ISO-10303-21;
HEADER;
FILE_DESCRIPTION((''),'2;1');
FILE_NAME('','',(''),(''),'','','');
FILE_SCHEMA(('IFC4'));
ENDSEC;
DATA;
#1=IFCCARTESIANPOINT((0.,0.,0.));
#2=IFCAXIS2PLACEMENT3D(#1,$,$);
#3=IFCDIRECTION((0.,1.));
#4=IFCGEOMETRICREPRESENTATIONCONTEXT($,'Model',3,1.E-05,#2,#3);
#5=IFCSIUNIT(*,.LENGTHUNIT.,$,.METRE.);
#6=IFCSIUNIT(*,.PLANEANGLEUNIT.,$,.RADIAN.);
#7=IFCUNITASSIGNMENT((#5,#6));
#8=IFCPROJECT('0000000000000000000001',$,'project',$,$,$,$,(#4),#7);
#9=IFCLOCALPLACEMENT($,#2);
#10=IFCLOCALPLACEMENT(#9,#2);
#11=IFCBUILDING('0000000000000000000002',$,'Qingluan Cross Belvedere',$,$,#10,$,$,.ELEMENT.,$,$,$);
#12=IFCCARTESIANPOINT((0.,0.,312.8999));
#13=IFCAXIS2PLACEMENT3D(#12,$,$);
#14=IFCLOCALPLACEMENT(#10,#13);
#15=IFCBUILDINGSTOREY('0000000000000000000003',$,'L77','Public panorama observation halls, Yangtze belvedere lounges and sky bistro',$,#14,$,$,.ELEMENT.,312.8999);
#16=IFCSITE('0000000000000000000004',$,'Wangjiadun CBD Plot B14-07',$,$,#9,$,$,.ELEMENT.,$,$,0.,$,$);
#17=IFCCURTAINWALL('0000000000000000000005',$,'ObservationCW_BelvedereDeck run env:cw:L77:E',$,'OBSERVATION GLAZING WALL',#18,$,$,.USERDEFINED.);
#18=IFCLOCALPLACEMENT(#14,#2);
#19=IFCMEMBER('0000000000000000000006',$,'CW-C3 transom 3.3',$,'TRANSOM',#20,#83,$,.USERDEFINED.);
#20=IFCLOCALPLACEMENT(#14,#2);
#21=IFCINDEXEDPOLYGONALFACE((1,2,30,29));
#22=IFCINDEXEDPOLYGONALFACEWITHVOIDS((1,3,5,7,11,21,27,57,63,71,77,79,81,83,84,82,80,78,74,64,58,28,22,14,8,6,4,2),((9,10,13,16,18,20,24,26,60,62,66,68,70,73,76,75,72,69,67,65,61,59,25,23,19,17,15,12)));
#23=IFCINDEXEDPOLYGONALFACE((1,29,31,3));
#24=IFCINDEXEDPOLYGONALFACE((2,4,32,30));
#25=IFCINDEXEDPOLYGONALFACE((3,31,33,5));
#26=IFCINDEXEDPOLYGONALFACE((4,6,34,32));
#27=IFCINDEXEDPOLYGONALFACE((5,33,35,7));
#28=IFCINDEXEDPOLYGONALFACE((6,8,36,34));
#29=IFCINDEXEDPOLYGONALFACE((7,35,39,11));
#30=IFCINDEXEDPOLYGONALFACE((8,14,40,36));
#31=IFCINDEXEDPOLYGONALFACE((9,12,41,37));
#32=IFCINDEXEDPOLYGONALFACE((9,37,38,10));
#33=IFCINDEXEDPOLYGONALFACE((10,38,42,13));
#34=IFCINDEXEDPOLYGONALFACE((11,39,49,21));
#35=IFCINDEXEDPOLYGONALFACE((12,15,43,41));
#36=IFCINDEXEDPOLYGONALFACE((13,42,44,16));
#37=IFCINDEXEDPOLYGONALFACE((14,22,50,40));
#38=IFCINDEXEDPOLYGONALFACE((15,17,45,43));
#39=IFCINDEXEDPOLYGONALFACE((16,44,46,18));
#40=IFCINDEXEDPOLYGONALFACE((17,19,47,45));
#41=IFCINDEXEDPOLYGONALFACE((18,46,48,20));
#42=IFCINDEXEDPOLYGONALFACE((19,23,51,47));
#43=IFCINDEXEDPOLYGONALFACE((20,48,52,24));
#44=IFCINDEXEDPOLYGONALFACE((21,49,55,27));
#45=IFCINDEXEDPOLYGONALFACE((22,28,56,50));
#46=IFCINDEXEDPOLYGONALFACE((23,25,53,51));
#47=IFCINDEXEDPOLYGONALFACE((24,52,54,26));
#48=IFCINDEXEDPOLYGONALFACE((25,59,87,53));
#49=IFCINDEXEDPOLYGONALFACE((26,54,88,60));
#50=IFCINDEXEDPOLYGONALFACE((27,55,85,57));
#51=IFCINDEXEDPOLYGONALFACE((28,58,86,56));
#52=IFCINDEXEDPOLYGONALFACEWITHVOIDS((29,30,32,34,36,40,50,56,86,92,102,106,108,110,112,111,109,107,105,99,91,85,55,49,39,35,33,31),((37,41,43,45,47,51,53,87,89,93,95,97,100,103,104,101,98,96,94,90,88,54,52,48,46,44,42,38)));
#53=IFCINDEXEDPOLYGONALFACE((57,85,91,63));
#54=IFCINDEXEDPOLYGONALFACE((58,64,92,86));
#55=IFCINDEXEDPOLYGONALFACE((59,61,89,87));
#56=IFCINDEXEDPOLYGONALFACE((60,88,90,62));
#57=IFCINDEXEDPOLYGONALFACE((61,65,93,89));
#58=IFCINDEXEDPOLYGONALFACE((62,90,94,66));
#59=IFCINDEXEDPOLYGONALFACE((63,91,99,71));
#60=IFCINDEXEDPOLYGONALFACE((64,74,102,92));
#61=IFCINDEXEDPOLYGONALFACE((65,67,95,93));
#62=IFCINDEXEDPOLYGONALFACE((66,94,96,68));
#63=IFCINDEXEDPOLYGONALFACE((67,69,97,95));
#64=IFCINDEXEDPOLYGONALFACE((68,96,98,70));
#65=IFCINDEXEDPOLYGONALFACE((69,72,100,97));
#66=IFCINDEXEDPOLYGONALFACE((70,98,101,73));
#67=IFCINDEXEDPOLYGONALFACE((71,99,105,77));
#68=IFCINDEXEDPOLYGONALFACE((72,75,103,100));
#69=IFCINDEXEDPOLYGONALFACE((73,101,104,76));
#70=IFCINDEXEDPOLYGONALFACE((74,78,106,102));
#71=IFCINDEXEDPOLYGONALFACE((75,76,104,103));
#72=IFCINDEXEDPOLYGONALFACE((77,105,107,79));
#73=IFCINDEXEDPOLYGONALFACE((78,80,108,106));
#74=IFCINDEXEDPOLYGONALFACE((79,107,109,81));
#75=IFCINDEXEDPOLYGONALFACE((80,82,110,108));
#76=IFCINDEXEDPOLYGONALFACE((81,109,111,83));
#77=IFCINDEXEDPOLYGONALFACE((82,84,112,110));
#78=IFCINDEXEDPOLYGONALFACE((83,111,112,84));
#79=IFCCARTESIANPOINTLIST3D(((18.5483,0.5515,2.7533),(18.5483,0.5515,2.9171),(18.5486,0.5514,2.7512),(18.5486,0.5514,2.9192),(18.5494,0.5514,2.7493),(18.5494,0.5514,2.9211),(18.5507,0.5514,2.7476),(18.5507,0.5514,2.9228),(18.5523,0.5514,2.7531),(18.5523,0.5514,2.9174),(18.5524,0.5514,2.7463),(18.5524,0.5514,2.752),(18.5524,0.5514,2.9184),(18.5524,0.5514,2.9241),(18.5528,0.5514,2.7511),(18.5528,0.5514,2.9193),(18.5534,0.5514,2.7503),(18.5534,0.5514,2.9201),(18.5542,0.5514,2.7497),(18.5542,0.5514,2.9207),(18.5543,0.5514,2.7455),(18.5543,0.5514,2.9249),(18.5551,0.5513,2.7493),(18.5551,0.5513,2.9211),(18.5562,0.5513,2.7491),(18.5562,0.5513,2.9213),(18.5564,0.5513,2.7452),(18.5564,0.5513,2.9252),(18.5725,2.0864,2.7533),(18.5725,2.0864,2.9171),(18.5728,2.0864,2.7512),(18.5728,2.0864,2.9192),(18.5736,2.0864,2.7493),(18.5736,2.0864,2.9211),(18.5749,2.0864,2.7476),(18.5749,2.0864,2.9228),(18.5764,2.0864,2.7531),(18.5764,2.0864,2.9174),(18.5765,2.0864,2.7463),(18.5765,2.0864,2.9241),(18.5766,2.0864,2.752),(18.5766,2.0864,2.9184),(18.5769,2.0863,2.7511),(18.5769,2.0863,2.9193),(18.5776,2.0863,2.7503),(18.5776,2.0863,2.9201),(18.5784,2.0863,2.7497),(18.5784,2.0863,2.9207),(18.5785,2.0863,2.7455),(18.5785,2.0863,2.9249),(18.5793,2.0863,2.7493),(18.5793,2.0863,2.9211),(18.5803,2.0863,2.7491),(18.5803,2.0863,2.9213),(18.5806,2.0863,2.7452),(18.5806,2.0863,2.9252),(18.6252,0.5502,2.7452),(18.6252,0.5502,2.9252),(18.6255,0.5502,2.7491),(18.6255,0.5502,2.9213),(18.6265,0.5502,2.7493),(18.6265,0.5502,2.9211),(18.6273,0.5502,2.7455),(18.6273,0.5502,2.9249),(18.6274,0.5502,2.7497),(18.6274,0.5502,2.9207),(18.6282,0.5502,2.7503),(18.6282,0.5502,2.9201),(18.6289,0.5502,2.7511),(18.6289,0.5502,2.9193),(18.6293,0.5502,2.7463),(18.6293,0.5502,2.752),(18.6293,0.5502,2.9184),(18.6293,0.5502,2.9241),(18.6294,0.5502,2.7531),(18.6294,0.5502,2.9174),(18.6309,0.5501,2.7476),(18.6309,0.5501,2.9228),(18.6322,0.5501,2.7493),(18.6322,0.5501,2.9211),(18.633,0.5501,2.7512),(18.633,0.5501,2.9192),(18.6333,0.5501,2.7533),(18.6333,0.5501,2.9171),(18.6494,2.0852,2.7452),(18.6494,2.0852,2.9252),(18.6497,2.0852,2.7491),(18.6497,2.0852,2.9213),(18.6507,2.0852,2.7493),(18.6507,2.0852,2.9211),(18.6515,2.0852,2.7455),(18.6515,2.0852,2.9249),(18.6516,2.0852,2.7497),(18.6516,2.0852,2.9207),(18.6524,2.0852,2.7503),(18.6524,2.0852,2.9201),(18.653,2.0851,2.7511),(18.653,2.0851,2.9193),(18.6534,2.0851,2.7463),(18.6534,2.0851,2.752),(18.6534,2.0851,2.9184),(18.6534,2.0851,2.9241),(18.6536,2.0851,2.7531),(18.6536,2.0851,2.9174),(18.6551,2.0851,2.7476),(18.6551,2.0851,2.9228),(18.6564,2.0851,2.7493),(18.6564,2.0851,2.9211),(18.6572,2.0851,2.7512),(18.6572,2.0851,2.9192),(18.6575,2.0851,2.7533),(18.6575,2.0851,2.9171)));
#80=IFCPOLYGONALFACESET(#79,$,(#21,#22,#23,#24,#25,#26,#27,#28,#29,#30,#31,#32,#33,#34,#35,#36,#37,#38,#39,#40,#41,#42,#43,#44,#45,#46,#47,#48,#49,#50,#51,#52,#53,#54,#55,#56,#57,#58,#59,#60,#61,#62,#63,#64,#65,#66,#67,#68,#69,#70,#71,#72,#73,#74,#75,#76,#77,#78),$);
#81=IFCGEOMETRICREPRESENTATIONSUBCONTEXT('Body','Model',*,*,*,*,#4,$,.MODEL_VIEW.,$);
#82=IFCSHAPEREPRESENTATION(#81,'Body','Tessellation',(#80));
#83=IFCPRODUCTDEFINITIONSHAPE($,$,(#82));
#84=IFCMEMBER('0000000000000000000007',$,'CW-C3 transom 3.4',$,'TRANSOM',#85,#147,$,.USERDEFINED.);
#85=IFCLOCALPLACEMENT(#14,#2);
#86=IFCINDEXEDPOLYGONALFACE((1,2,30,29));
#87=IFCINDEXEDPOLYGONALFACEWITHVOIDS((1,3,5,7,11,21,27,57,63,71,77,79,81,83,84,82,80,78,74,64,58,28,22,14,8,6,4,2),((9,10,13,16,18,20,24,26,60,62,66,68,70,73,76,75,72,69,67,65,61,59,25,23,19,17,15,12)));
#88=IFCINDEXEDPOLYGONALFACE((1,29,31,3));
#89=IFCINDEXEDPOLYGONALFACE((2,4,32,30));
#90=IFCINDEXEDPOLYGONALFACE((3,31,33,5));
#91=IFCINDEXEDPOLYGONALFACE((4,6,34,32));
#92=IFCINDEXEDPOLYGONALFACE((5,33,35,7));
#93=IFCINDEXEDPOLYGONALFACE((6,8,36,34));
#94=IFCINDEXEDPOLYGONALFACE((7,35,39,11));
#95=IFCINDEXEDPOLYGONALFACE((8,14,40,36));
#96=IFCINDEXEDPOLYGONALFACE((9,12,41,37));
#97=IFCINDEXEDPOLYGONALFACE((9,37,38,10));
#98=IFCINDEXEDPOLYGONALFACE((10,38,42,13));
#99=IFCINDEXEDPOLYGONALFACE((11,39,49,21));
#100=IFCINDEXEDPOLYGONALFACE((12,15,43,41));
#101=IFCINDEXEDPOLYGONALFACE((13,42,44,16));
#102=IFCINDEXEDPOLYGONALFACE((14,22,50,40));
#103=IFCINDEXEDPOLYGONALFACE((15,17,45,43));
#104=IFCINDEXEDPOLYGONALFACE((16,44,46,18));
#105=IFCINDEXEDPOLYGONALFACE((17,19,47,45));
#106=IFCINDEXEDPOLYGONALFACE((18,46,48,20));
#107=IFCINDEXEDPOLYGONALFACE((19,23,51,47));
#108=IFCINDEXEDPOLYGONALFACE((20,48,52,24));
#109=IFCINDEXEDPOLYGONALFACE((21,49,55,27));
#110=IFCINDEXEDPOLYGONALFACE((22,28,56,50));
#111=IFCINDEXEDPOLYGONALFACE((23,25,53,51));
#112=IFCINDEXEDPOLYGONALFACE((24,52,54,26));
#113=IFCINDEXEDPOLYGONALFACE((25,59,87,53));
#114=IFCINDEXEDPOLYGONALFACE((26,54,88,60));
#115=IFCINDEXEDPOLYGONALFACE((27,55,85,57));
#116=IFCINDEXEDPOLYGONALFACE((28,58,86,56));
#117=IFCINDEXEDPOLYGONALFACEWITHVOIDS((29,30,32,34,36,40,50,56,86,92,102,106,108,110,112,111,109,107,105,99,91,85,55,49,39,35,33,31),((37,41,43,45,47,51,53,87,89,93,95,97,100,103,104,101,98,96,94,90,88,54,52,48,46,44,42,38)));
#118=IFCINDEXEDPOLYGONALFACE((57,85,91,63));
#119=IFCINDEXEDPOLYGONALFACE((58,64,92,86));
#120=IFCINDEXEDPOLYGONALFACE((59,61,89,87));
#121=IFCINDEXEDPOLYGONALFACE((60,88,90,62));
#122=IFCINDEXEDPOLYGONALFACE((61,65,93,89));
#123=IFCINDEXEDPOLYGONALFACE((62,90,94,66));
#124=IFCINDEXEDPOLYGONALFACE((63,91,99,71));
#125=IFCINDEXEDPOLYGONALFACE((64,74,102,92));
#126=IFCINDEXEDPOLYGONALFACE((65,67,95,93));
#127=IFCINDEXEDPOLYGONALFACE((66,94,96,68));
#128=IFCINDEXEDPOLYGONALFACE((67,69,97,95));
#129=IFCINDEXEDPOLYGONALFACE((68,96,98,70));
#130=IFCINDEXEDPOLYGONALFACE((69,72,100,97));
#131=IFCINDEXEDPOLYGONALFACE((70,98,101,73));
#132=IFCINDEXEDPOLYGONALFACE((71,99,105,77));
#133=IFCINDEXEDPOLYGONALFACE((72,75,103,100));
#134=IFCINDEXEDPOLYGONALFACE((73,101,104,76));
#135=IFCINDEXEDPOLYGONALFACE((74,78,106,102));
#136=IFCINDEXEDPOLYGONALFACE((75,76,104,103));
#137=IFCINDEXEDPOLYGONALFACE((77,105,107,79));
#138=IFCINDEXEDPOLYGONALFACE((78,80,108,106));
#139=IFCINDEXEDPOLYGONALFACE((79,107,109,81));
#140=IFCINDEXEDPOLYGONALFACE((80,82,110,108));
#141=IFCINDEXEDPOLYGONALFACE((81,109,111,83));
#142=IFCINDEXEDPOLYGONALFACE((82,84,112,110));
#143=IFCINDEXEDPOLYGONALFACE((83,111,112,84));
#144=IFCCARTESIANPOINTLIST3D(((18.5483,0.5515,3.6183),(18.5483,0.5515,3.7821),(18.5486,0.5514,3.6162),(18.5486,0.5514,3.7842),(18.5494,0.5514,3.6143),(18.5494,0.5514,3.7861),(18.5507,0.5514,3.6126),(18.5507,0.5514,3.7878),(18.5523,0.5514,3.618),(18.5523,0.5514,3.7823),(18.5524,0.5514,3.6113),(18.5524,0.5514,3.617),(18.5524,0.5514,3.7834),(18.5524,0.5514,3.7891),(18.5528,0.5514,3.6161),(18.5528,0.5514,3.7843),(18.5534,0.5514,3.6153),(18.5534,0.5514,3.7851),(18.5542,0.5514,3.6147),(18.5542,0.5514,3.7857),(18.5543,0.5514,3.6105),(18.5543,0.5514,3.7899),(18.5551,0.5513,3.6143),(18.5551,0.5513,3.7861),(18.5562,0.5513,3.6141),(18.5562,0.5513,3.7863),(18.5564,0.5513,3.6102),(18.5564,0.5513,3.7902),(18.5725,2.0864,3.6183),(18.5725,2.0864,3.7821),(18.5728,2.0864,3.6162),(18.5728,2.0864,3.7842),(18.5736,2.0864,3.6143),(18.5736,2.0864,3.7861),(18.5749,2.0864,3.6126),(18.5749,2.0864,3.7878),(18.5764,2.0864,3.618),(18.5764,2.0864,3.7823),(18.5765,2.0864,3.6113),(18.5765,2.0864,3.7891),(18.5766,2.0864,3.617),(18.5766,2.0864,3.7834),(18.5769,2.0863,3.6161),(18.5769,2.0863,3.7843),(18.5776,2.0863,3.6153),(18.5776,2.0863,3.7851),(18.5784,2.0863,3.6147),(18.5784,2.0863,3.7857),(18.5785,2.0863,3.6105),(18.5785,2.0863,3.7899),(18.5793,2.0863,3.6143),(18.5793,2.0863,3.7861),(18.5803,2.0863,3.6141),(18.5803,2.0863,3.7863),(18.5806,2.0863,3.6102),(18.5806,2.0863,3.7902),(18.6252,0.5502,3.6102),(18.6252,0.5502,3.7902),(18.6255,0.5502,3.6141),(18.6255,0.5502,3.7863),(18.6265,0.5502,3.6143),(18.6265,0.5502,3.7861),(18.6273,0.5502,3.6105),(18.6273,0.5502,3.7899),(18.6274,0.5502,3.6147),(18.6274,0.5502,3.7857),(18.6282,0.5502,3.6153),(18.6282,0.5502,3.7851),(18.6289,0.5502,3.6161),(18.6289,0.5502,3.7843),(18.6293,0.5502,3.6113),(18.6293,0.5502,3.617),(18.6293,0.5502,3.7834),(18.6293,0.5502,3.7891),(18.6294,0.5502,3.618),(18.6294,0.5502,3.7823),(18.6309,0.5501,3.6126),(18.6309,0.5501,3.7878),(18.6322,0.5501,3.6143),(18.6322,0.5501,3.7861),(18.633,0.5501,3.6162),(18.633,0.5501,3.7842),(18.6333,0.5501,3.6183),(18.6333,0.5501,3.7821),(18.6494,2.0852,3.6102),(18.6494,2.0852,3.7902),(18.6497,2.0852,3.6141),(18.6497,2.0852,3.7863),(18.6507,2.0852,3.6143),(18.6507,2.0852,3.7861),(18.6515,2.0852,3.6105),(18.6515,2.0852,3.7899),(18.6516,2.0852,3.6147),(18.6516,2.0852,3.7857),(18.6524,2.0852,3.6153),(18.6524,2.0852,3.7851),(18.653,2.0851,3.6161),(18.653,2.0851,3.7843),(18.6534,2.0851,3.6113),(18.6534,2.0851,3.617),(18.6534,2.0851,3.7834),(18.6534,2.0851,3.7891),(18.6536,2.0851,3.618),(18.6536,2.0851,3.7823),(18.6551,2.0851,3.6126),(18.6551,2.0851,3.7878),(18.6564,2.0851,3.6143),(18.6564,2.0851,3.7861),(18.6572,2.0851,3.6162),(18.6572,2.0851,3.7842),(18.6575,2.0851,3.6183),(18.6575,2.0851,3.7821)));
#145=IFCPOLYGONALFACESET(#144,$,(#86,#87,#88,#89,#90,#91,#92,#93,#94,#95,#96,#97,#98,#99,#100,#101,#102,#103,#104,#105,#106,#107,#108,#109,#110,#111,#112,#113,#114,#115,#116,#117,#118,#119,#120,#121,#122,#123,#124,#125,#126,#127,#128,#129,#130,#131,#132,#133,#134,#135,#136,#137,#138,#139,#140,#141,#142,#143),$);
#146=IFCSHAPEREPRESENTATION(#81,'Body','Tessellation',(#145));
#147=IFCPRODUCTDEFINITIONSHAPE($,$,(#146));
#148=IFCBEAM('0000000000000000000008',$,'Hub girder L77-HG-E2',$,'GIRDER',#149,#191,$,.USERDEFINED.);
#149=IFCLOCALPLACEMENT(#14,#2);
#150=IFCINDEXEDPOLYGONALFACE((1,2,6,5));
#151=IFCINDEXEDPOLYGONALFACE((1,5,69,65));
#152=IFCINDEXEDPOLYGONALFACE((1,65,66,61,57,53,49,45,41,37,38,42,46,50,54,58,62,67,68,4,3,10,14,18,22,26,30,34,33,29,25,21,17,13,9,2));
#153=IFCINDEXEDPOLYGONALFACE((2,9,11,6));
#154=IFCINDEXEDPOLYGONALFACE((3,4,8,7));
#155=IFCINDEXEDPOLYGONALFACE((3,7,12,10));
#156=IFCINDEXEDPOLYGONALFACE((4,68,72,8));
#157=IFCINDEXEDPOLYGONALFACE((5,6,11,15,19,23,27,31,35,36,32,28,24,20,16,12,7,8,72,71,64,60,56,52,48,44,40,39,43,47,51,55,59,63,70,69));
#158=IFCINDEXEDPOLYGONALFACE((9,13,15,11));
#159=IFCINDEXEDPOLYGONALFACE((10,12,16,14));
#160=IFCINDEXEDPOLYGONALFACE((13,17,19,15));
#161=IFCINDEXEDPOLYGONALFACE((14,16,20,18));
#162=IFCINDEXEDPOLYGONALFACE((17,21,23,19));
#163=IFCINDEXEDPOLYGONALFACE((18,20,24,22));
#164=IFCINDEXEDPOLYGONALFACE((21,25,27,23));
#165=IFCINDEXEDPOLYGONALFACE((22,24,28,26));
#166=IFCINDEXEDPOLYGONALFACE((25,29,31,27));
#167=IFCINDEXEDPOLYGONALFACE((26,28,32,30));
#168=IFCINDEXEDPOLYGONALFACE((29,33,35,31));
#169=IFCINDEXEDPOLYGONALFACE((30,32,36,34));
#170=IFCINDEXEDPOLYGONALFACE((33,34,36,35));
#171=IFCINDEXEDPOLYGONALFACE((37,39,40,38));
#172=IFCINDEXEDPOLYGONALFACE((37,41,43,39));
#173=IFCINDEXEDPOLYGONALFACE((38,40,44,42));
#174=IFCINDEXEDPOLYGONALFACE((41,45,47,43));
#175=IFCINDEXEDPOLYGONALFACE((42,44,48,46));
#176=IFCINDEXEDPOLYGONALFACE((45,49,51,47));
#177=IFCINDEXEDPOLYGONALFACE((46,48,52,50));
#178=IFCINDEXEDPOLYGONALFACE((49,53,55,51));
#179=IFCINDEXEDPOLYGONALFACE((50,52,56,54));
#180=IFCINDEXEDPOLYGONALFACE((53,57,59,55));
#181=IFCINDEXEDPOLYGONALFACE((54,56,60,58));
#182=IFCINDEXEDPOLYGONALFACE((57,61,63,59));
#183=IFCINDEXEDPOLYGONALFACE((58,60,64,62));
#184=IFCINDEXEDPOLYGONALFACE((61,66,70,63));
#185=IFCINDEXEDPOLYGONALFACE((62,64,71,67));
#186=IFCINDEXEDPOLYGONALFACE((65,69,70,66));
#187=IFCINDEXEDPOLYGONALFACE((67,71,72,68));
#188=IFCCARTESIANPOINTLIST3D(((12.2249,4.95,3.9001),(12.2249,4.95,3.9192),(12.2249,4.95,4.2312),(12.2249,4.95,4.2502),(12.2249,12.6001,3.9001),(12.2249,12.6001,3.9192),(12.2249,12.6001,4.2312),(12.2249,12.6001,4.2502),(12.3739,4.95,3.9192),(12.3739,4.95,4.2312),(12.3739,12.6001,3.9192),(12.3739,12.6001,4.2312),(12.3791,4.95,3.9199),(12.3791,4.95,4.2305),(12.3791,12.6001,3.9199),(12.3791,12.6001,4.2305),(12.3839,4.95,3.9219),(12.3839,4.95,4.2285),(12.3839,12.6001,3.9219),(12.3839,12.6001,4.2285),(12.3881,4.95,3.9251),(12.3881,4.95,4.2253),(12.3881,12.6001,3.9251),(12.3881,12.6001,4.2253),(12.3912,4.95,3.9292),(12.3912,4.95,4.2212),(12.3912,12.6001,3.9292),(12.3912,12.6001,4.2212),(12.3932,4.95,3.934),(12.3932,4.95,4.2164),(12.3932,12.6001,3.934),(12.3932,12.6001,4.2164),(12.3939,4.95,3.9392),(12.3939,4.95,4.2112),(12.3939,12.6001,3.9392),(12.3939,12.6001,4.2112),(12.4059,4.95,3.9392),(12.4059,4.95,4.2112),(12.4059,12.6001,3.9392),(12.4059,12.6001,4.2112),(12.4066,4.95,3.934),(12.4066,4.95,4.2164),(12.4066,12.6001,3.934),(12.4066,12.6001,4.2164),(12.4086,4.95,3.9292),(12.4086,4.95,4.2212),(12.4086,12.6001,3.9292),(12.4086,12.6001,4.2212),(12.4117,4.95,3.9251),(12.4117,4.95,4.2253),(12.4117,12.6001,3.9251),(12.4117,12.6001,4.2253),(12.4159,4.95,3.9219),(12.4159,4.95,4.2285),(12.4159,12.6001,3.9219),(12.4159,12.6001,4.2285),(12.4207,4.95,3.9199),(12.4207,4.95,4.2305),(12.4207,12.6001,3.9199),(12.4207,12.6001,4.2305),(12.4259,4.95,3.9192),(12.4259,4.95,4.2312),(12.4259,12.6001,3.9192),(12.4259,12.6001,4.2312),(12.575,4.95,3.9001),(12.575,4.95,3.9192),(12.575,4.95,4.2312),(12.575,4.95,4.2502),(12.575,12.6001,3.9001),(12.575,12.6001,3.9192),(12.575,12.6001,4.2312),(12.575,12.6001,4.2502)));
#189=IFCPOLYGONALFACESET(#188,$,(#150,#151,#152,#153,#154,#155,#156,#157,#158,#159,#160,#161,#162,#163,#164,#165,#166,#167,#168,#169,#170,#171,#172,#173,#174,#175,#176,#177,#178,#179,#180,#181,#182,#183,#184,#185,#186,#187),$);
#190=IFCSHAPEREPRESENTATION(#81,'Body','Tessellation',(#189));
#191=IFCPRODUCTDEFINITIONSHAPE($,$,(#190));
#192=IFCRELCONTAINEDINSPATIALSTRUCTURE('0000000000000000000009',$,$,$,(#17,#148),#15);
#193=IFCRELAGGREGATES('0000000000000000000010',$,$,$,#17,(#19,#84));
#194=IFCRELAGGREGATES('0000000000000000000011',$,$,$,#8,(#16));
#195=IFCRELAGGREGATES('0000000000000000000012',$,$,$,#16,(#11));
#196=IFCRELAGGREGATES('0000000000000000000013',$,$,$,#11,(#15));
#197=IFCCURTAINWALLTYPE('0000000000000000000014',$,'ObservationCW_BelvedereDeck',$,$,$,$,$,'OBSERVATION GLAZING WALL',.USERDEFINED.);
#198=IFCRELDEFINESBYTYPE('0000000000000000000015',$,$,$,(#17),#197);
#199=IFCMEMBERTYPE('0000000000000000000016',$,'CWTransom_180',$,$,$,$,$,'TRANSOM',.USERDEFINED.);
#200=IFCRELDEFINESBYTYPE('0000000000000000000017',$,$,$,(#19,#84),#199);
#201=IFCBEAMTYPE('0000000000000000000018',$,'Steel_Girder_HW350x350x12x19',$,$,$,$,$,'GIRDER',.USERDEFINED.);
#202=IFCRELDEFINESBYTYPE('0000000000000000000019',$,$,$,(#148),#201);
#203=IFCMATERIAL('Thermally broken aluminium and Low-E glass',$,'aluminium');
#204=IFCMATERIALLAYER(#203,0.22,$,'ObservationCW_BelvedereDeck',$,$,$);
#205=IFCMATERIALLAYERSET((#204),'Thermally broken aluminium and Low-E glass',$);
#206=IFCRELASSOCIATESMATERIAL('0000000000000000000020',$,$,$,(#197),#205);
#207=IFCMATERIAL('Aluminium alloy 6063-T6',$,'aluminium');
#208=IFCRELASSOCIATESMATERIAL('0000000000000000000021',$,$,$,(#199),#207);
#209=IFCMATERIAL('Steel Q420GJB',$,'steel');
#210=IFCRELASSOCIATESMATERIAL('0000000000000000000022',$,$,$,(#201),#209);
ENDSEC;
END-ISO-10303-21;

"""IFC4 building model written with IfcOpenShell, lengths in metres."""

from ifc_helpers import new_model, si_unit, direction, frame, origin, origin_2d, place, context, subcontext, project, spatial, hollow_rectangle, i_section, extrude, material, layer, layer_set, material_profile, profile_set, type_object, element, aggregate, save


model = new_model("IFC4")

# Units and contexts
model_context = context("Model", 3, precision=1e-05, world=origin(), true_north=direction((0.0, 1.0)))
body_context = subcontext(model_context, "Body", "Model", "MODEL_VIEW")
ifc_project = project(units=[si_unit("LENGTHUNIT", "METRE"), si_unit("PLANEANGLEUNIT", "RADIAN")], contexts=[model_context])

# Site, building, storey
site_placement = place(None, origin())
site = spatial("IfcSite", under=ifc_project, at=site_placement, Name="Wangjiadun CBD Plot B14-07", CompositionType="ELEMENT", RefElevation=0.0)
building_placement = place(site_placement, origin())
building = spatial("IfcBuilding", under=site, at=building_placement, Name="Qingluan Cross Belvedere", CompositionType="ELEMENT")
storey_placement = place(building_placement, frame((0.0, 0.0, 312.8999)))
storey = spatial("IfcBuildingStorey", under=building, at=storey_placement, Name="L77", Description="Public panorama observation halls, Yangtze belvedere lounges and sky bistro", CompositionType="ELEMENT", Elevation=312.8999)

# Curtain wall, members
ifc_material_1 = material(Name="Thermally broken aluminium and Low-E glass", Category="aluminium")
ifc_layer_1 = layer(ifc_material_1, 0.22, Name="ObservationCW_BelvedereDeck")
ifc_layer_set_1 = layer_set([ifc_layer_1], Name="Thermally broken aluminium and Low-E glass")
curtain_wall_type = type_object("IfcCurtainWallType", Name="ObservationCW_BelvedereDeck", ElementType="OBSERVATION GLAZING WALL", PredefinedType="USERDEFINED", material=ifc_layer_set_1)
curtain_wall_placement = place(storey_placement, origin())
curtain_wall = element("IfcCurtainWall", 1, at=curtain_wall_placement, inside=storey, type_object=curtain_wall_type, Name="ObservationCW_BelvedereDeck run env:cw:L77:E", ObjectType="OBSERVATION GLAZING WALL", PredefinedType="USERDEFINED")
ifc_material_2 = material(Name="Aluminium alloy 6063-T6", Category="aluminium")
ifc_material_profile_1 = material_profile(ifc_material_2, hollow_rectangle(XDim=0.085, YDim=0.1799, WallThickness=0.0039, InnerFilletRadius=0.0039, OuterFilletRadius=0.0081, at=origin_2d()), Name="CWT180x85x4")
ifc_profile_set_1 = profile_set([ifc_material_profile_1], Name="Aluminium alloy 6063-T6")
member_type_1 = type_object("IfcMemberType", Name="CWTransom_180", ElementType="TRANSOM", PredefinedType="USERDEFINED", material=ifc_profile_set_1)
member_1_placement = place(storey_placement, frame((18.5908, 0.5508, 2.8352), z_axis=(0.015745, 0.999876, 0.0), x_axis=(-0.999876, 0.015745, 0.0)))
member_1 = element("IfcMember", 2, at=member_1_placement, type_object=member_type_1, Name="CW-C3 transom 3.3", ObjectType="TRANSOM", PredefinedType="USERDEFINED", context=body_context, shape_type="SweptSolid", body=[
    extrude(hollow_rectangle(XDim=0.085, YDim=0.1799, WallThickness=0.0039, InnerFilletRadius=0.0039, OuterFilletRadius=0.0081, at=origin_2d()), origin(), (0.0, 0.0, 1.0), 1.5352),
])
member_2_placement = place(storey_placement, frame((18.5908, 0.5508, 3.7002), z_axis=(0.015745, 0.999876, 0.0), x_axis=(-0.999876, 0.015745, 0.0)))
member_2 = element("IfcMember", 3, at=member_2_placement, type_object=member_type_1, Name="CW-C3 transom 3.4", ObjectType="TRANSOM", PredefinedType="USERDEFINED", context=body_context, shape_type="SweptSolid", body=[
    extrude(hollow_rectangle(XDim=0.085, YDim=0.1799, WallThickness=0.0039, InnerFilletRadius=0.0039, OuterFilletRadius=0.0081, at=origin_2d()), origin(), (0.0, 0.0, 1.0), 1.5352),
])

# Beam
ifc_material_3 = material(Name="Steel Q420GJB", Category="steel")
ifc_material_profile_2 = material_profile(ifc_material_3, i_section(OverallWidth=0.3501, OverallDepth=0.3501, WebThickness=0.012, FlangeThickness=0.019, FilletRadius=0.02, at=origin_2d()), Name="HW350x350x12x19")
ifc_profile_set_2 = profile_set([ifc_material_profile_2], Name="Steel Q420GJB")
beam_type = type_object("IfcBeamType", Name="Steel_Girder_HW350x350x12x19", ElementType="GIRDER", PredefinedType="USERDEFINED", material=ifc_profile_set_2)
beam_placement = place(storey_placement, frame((12.3999, 4.95, 4.0752), z_axis=(0.0, 1.0, 0.0), x_axis=(-1.0, 0.0, 0.0)))
element("IfcBeam", 4, at=beam_placement, inside=storey, type_object=beam_type, Name="Hub girder L77-HG-E2", ObjectType="GIRDER", PredefinedType="USERDEFINED", context=body_context, shape_type="SweptSolid", body=[
    extrude(i_section(OverallWidth=0.3501, OverallDepth=0.3501, WebThickness=0.012, FlangeThickness=0.019, FilletRadius=0.02, at=origin_2d()), origin(), (0.0, 0.0, 1.0), 7.6501),
])

aggregate(curtain_wall, [member_1, member_2])

save(model, "model.ifc")
